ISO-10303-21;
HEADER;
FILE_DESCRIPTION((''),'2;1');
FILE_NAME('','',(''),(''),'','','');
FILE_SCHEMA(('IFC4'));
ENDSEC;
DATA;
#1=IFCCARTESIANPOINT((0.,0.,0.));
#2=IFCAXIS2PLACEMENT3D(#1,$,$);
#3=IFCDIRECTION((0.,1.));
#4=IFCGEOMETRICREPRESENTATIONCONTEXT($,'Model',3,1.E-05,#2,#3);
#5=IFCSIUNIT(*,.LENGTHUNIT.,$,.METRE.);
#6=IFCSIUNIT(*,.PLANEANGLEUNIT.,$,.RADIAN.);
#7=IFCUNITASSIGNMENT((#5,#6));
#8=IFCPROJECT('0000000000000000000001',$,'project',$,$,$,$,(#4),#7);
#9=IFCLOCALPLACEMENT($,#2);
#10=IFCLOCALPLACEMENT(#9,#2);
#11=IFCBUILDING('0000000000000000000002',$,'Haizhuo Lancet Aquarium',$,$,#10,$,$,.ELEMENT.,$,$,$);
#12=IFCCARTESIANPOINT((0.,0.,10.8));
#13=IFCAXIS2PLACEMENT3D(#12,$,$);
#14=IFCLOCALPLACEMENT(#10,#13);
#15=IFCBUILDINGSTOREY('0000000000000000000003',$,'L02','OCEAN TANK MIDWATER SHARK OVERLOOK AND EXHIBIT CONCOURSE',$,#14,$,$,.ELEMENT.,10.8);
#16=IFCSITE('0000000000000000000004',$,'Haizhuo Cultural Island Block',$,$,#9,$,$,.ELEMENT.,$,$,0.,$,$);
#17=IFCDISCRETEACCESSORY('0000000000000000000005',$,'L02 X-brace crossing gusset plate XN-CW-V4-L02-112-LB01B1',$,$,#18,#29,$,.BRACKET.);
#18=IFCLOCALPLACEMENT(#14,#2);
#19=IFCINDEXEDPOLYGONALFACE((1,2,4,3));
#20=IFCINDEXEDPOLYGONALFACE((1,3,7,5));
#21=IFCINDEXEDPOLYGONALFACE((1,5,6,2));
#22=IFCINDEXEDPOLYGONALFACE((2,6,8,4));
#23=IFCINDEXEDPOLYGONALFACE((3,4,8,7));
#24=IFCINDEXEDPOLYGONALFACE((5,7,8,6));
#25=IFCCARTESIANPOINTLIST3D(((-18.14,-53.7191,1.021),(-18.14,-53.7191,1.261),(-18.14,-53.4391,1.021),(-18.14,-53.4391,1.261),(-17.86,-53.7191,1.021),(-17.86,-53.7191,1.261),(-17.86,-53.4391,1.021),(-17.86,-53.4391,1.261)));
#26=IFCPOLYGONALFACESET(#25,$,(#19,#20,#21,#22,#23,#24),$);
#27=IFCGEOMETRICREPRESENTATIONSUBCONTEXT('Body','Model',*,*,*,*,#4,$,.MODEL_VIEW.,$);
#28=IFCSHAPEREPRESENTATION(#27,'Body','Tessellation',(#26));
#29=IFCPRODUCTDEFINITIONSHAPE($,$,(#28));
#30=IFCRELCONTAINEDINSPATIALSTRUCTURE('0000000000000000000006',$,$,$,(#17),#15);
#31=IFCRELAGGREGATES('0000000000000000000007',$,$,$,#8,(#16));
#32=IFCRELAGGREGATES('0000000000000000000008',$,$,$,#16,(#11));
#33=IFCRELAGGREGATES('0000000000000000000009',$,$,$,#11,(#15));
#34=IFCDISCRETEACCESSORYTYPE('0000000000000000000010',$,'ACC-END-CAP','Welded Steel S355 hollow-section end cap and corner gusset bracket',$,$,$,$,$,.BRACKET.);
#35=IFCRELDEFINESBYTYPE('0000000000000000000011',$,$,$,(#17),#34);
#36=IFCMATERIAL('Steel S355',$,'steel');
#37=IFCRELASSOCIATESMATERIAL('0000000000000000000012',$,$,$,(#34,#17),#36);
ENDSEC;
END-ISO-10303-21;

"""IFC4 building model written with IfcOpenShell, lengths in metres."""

from ifc_helpers import new_model, si_unit, direction, frame, origin, origin_2d, place, context, subcontext, project, spatial, rectangle, extrude, material, type_object, element, save


model = new_model("IFC4")

# Units and contexts
model_context = context("Model", 3, precision=1e-05, world=origin(), true_north=direction((0.0, 1.0)))
body_context = subcontext(model_context, "Body", "Model", "MODEL_VIEW")
ifc_project = project(units=[si_unit("LENGTHUNIT", "METRE"), si_unit("PLANEANGLEUNIT", "RADIAN")], contexts=[model_context])

# Site, building, storey
site_placement = place(None, origin())
site = spatial("IfcSite", under=ifc_project, at=site_placement, Name="Haizhuo Cultural Island Block", CompositionType="ELEMENT", RefElevation=0.0)
building_placement = place(site_placement, origin())
building = spatial("IfcBuilding", under=site, at=building_placement, Name="Haizhuo Lancet Aquarium", CompositionType="ELEMENT")
storey_placement = place(building_placement, frame((0.0, 0.0, 10.8)))
storey = spatial("IfcBuildingStorey", under=building, at=storey_placement, Name="L02", Description="OCEAN TANK MIDWATER SHARK OVERLOOK AND EXHIBIT CONCOURSE", CompositionType="ELEMENT", Elevation=10.8)

# Shared definitions
ifc_material_1 = material(Name="Steel S355", Category="steel")

# Discrete accessory
discrete_accessory_type = type_object("IfcDiscreteAccessoryType", Name="ACC-END-CAP", Description="Welded Steel S355 hollow-section end cap and corner gusset bracket", PredefinedType="BRACKET", material=ifc_material_1)
for number, where, z_axis, x_axis, name in (
    (1, (-18.0, -53.5791, 1.021), (0.0, 0.0, 1.0), (1.0, 0.0, 0.0), "L02 X-brace crossing gusset plate XN-CW-V4-L02-112-LB01B1"),
):
    element("IfcDiscreteAccessory", number, at=place(storey_placement, frame(where, z_axis=z_axis, x_axis=x_axis)), inside=storey, type_object=discrete_accessory_type, material=ifc_material_1, Name=name, PredefinedType="BRACKET", context=body_context, shape_type="SweptSolid", body=[
        extrude(rectangle(XDim=0.28, YDim=0.28, at=origin_2d()), origin(), (0.0, 0.0, 1.0), 0.24),
    ])

save(model, "model.ifc")
